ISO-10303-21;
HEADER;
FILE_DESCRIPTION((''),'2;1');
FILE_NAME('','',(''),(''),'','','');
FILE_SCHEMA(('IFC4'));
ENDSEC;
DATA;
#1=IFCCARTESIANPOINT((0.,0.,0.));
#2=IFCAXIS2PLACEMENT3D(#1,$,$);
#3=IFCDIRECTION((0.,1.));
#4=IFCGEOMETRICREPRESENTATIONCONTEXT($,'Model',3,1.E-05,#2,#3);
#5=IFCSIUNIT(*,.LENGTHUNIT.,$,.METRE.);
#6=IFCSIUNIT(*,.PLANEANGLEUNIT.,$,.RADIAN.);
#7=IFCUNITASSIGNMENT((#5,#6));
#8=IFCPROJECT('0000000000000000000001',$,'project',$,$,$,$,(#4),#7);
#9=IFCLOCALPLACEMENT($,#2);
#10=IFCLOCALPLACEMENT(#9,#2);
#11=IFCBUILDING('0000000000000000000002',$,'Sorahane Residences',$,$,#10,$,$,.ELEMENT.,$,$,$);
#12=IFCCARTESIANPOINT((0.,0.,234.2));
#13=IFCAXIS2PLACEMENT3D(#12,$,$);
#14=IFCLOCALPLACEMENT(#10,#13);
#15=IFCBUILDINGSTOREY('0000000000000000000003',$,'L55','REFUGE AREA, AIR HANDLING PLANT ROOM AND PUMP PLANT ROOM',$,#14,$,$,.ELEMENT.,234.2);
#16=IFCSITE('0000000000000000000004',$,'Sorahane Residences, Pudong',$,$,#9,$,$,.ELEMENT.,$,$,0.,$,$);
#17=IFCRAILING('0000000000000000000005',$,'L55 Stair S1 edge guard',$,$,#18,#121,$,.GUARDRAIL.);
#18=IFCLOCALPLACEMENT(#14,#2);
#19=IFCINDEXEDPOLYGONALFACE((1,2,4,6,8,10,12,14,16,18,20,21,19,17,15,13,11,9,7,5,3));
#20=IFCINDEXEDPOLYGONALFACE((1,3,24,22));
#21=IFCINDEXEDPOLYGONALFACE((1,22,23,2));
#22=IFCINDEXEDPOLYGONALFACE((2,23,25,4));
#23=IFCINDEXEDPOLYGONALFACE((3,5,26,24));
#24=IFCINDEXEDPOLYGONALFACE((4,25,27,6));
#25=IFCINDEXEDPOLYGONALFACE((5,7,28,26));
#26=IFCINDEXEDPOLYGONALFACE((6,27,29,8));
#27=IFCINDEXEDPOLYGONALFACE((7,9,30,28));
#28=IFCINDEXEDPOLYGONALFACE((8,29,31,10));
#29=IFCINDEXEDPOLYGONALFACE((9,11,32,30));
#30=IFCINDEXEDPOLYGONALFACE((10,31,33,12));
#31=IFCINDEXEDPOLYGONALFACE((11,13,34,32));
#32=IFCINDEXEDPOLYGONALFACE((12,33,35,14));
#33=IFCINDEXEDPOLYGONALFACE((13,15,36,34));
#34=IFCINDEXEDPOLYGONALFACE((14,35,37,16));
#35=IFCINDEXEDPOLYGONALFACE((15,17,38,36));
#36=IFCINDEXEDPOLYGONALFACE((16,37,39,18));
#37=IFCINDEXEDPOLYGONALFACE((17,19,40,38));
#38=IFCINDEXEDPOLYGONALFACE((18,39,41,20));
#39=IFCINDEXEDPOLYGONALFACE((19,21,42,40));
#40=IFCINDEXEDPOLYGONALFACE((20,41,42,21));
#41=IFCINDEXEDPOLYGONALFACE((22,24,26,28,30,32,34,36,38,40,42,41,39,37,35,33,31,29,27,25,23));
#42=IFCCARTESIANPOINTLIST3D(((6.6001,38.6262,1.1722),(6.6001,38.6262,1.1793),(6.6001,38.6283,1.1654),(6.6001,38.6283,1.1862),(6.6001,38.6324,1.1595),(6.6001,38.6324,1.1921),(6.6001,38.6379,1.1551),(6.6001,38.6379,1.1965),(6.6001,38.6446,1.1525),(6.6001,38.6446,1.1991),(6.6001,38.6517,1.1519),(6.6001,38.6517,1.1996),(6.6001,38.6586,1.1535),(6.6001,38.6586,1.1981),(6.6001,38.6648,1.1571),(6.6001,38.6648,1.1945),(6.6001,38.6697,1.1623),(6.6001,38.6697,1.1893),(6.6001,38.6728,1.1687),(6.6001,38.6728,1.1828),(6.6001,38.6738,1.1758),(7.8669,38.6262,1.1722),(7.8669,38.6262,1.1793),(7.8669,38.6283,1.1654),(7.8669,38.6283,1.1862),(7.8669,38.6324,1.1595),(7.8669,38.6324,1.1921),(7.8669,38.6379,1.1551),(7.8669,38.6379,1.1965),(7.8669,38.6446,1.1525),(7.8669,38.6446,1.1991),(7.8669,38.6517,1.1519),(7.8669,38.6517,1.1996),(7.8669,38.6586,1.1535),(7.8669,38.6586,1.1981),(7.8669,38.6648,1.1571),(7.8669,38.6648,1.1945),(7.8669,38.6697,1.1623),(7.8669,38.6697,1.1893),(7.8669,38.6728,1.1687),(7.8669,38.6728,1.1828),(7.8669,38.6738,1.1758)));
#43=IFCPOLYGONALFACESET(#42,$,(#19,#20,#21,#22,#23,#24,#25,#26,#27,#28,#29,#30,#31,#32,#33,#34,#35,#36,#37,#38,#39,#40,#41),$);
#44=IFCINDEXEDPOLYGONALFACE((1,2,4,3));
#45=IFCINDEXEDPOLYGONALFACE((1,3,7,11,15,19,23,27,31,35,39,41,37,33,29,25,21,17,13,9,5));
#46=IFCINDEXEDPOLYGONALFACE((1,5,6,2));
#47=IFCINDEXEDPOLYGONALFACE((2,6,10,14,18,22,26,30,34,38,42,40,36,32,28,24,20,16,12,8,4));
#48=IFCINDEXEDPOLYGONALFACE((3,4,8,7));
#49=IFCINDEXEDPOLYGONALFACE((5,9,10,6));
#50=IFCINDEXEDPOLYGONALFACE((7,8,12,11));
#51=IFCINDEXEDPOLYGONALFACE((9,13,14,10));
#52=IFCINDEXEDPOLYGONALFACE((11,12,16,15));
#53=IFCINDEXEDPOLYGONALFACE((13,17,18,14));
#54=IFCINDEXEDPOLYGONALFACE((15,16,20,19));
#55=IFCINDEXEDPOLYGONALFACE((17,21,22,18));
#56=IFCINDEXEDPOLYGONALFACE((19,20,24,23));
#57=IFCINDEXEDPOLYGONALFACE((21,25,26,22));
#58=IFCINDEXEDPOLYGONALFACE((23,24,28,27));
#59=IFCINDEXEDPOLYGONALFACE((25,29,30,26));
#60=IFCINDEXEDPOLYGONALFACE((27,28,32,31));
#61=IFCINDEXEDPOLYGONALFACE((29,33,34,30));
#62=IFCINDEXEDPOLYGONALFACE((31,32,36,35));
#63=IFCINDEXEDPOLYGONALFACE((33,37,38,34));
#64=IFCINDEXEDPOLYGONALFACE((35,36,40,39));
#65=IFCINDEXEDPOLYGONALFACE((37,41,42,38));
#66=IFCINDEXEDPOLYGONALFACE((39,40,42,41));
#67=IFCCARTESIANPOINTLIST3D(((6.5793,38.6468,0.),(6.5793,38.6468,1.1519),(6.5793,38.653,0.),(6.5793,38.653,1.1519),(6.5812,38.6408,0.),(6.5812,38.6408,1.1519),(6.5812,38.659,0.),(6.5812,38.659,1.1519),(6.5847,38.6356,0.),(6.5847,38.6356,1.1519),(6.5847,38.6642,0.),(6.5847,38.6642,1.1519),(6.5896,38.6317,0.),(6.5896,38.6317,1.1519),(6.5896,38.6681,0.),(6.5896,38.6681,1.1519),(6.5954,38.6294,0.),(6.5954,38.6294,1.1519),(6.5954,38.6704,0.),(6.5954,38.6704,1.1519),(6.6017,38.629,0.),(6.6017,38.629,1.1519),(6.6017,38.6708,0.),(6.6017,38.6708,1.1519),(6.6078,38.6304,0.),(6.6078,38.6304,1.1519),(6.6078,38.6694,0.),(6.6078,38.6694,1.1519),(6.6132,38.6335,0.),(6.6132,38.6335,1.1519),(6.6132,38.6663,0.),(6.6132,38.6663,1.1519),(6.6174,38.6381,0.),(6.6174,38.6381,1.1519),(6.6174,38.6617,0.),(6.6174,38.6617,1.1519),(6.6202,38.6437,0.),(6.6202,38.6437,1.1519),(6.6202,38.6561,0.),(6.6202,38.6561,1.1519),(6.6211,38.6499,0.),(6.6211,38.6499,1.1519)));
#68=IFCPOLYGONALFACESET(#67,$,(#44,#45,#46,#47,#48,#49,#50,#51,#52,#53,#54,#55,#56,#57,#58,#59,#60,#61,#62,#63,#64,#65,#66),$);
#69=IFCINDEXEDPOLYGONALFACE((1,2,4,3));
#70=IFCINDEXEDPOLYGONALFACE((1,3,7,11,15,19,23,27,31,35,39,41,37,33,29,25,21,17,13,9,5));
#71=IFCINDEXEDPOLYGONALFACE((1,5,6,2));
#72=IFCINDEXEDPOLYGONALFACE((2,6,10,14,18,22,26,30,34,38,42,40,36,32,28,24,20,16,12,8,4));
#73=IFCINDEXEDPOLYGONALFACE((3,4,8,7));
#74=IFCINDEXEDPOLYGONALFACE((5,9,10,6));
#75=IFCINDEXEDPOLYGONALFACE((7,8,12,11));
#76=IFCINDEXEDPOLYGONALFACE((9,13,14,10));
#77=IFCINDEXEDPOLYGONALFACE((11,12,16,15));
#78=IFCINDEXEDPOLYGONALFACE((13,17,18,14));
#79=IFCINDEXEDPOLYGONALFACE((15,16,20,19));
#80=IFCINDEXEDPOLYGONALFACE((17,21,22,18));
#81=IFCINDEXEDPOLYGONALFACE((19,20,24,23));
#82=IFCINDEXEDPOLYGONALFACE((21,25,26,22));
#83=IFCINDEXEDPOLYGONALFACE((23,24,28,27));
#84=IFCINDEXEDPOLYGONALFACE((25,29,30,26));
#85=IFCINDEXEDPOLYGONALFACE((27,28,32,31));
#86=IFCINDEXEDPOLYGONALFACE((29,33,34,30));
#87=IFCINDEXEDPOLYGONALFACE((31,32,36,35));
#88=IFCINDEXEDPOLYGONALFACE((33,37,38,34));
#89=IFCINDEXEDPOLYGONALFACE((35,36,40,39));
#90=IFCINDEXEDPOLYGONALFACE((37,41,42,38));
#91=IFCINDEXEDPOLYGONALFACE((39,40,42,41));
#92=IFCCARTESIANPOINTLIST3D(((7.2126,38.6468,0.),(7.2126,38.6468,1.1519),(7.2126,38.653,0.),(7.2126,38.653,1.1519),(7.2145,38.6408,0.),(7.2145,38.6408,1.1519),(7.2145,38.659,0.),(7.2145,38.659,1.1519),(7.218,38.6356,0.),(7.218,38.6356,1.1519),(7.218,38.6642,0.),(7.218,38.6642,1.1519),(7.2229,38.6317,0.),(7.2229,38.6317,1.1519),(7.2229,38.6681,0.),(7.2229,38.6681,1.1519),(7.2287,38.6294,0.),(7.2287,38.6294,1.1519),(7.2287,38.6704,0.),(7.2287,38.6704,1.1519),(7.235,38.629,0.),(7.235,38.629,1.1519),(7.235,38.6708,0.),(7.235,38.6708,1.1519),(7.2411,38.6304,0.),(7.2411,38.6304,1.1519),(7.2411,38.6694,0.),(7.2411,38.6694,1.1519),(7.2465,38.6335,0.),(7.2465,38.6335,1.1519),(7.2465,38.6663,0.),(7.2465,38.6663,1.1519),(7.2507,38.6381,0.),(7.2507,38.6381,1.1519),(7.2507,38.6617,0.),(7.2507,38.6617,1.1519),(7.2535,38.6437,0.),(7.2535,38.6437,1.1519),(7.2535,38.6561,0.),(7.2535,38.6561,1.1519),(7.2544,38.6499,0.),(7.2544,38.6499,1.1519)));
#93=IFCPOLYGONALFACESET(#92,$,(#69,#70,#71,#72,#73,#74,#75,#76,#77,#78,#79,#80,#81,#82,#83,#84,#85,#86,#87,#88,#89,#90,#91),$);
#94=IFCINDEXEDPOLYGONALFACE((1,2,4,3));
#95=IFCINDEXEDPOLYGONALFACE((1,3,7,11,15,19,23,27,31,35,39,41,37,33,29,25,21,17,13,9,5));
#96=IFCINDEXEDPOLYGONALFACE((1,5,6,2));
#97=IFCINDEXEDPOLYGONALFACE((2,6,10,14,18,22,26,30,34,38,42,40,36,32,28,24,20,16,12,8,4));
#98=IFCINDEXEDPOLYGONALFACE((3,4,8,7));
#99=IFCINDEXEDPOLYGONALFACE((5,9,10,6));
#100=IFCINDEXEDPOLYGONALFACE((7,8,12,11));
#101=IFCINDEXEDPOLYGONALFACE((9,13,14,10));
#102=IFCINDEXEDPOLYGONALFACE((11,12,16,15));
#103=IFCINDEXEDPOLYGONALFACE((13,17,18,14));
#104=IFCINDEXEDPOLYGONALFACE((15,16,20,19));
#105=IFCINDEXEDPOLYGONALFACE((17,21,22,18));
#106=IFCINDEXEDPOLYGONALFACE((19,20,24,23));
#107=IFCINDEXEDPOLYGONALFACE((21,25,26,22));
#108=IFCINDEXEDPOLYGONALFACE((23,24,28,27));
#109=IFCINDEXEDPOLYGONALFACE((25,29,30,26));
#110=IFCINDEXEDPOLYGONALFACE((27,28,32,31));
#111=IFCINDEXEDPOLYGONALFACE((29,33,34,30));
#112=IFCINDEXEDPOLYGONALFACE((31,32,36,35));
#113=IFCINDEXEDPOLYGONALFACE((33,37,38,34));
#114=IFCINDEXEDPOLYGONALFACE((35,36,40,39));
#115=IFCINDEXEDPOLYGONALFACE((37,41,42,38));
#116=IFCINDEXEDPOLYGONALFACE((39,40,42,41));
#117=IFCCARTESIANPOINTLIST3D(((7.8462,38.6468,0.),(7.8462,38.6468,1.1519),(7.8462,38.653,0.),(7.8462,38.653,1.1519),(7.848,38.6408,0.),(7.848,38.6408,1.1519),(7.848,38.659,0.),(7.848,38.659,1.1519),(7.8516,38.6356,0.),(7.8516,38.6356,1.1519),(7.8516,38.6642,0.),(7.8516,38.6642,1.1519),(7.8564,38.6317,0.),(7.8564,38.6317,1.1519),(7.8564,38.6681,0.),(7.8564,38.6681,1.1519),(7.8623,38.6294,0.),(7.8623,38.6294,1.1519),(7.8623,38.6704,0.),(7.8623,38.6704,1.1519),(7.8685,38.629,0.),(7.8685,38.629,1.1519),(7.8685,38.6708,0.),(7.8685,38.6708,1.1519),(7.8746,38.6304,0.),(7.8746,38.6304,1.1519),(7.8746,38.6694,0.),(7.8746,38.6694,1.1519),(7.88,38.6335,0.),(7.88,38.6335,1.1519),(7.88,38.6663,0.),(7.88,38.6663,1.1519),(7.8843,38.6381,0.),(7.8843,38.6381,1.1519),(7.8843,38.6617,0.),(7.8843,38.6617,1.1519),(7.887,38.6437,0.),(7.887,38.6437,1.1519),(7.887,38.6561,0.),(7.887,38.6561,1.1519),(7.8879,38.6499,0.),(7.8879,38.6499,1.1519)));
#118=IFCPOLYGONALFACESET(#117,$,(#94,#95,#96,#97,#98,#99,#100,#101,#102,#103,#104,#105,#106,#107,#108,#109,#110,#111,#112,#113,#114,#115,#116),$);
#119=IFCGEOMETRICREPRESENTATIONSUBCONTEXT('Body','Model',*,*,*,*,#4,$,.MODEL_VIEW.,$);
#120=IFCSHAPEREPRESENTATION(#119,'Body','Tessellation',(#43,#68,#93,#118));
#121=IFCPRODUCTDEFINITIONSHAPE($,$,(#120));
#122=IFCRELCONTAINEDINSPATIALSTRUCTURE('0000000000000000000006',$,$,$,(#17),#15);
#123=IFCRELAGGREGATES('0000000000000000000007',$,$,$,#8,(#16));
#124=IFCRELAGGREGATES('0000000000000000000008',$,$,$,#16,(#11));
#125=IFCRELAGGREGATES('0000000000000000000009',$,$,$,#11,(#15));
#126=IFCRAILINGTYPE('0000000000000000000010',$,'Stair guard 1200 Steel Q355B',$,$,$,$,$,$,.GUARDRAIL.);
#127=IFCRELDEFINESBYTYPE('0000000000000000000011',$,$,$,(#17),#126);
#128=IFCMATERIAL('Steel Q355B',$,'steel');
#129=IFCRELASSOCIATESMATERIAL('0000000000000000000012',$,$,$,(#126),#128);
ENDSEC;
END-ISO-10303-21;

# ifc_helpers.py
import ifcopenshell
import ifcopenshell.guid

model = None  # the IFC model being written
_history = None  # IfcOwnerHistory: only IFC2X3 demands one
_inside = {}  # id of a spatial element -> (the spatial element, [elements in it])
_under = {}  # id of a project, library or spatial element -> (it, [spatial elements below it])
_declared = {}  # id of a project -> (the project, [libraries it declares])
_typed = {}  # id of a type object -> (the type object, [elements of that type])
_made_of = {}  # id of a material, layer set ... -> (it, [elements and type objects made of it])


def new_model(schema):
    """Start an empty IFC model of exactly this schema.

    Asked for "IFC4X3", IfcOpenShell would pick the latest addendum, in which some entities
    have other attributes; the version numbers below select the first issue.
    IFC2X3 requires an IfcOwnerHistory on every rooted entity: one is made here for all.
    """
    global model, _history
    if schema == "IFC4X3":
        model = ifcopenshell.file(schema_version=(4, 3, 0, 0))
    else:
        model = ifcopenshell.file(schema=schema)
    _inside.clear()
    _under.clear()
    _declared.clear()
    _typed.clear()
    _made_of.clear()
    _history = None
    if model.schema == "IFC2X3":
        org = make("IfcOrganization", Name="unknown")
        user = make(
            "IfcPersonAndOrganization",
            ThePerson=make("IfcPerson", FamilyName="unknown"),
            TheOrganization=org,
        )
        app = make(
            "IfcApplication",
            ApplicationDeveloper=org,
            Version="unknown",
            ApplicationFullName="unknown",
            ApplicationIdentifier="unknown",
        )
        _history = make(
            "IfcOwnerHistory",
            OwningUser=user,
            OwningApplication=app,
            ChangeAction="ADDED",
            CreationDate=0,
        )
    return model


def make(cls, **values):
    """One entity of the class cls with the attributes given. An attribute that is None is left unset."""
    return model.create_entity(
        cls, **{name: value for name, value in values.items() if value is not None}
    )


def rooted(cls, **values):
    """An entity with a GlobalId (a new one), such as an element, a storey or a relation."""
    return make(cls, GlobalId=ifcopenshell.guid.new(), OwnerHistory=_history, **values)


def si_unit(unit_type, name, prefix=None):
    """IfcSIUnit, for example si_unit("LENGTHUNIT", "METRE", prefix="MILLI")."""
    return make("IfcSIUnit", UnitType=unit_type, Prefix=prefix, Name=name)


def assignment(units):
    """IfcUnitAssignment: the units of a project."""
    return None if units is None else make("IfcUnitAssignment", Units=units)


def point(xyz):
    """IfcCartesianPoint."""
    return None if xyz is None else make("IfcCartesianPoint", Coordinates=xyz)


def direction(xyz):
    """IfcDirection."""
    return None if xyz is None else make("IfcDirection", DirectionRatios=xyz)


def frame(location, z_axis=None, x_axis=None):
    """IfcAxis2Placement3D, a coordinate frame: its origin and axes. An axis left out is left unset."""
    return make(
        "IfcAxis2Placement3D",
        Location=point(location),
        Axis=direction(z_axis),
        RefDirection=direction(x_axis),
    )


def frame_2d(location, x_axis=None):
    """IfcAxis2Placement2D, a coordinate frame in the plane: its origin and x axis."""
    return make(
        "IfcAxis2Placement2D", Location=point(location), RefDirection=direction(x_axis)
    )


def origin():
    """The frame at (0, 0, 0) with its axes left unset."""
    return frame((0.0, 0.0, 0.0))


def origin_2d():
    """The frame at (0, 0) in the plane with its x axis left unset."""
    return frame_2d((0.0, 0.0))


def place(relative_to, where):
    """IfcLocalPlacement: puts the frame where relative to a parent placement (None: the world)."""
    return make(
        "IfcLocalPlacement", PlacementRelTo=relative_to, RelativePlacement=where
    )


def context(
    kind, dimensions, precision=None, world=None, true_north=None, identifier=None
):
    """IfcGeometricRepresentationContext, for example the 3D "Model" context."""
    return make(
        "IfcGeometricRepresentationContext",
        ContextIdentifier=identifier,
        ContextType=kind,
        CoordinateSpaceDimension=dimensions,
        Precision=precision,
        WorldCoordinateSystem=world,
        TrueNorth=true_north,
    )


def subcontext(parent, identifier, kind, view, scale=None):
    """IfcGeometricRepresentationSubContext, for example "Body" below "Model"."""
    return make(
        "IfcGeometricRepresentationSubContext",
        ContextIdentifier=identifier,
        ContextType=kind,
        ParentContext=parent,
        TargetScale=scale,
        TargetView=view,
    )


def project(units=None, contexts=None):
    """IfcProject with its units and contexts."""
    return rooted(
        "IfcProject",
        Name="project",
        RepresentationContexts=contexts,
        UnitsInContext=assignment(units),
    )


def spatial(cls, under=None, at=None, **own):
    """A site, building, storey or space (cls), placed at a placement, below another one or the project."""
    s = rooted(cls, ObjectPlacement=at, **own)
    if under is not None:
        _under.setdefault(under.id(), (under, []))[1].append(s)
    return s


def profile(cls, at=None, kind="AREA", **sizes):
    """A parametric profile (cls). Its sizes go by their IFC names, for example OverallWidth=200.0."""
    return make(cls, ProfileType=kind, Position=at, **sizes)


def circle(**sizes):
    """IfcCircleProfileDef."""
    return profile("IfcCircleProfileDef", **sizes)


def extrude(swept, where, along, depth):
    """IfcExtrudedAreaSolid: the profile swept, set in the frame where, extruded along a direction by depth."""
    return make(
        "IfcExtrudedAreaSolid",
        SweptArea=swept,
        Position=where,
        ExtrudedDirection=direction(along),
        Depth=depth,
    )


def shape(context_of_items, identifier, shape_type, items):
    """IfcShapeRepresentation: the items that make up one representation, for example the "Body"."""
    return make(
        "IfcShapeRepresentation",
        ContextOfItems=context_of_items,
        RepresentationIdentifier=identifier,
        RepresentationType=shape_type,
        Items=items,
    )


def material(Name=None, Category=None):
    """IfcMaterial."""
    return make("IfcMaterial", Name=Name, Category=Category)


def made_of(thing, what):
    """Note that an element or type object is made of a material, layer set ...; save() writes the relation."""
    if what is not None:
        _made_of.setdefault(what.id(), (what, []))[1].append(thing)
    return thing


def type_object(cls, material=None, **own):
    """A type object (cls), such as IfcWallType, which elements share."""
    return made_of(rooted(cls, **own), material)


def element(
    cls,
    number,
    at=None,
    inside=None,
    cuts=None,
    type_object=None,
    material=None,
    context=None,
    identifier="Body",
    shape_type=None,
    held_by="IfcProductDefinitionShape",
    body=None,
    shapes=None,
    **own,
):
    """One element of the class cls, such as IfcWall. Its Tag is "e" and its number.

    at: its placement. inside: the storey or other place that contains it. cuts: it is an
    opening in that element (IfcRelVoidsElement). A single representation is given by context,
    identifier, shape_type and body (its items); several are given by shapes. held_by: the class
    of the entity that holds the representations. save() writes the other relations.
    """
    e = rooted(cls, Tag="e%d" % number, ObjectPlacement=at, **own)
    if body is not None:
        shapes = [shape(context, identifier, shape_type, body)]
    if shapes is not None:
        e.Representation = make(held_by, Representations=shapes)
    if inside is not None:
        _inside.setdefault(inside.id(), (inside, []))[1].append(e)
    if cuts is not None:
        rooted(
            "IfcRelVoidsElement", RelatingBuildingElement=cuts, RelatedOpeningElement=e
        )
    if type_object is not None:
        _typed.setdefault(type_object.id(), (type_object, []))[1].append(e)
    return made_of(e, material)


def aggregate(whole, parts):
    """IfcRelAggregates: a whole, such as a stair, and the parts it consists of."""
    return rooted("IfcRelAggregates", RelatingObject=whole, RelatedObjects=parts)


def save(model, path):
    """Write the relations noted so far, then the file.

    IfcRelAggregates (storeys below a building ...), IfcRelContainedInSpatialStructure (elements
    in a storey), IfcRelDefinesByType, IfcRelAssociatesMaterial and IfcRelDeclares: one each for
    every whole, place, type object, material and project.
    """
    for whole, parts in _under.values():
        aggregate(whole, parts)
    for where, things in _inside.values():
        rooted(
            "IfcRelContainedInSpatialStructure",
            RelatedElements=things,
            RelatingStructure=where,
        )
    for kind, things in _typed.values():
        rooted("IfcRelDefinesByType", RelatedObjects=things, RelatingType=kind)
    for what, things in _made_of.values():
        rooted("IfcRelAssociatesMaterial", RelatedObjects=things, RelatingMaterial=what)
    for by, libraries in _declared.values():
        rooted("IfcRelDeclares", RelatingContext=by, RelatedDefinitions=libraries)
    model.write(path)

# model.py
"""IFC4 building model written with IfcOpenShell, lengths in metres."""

from ifc_helpers import new_model, si_unit, direction, frame, origin, origin_2d, place, context, subcontext, project, spatial, circle, extrude, material, type_object, element, save


model = new_model("IFC4")

# Units and contexts
model_context = context("Model", 3, precision=1e-05, world=origin(), true_north=direction((0.0, 1.0)))
body_context = subcontext(model_context, "Body", "Model", "MODEL_VIEW")
ifc_project = project(units=[si_unit("LENGTHUNIT", "METRE"), si_unit("PLANEANGLEUNIT", "RADIAN")], contexts=[model_context])

# Site, building, storey
site_placement = place(None, origin())
site = spatial("IfcSite", under=ifc_project, at=site_placement, Name="Sorahane Residences, Pudong", CompositionType="ELEMENT", RefElevation=0.0)
building_placement = place(site_placement, origin())
building = spatial("IfcBuilding", under=site, at=building_placement, Name="Sorahane Residences", CompositionType="ELEMENT")
storey_placement = place(building_placement, frame((0.0, 0.0, 234.2)))
storey = spatial("IfcBuildingStorey", under=building, at=storey_placement, Name="L55", Description="REFUGE AREA, AIR HANDLING PLANT ROOM AND PUMP PLANT ROOM", CompositionType="ELEMENT", Elevation=234.2)

# Railing
ifc_material_1 = material(Name="Steel Q355B", Category="steel")
railing_type = type_object("IfcRailingType", Name="Stair guard 1200 Steel Q355B", PredefinedType="GUARDRAIL", material=ifc_material_1)
railing_1_placement = place(storey_placement, frame((6.6001, 38.6499, 0.0)))
element("IfcRailing", 1, at=railing_1_placement, inside=storey, type_object=railing_type, Name="L55 Stair S1 edge guard", PredefinedType="GUARDRAIL", context=body_context, shape_type="SweptSolid", body=[
    extrude(circle(Radius=0.0239, at=origin_2d()), frame((0.0, 0.0, 1.1758), z_axis=(1.0, 0.0, 0.0), x_axis=(0.0, 1.0, 0.0)), (0.0, 0.0, 1.0), 1.2668),
    extrude(circle(Radius=0.021, at=origin_2d()), origin(), (0.0, 0.0, 1.0), 1.1519),
    extrude(circle(Radius=0.021, at=origin_2d()), frame((0.6333, 0.0, 0.0)), (0.0, 0.0, 1.0), 1.1519),
    extrude(circle(Radius=0.021, at=origin_2d()), frame((1.2668, 0.0, 0.0)), (0.0, 0.0, 1.0), 1.1519),
])

save(model, "model.ifc")
